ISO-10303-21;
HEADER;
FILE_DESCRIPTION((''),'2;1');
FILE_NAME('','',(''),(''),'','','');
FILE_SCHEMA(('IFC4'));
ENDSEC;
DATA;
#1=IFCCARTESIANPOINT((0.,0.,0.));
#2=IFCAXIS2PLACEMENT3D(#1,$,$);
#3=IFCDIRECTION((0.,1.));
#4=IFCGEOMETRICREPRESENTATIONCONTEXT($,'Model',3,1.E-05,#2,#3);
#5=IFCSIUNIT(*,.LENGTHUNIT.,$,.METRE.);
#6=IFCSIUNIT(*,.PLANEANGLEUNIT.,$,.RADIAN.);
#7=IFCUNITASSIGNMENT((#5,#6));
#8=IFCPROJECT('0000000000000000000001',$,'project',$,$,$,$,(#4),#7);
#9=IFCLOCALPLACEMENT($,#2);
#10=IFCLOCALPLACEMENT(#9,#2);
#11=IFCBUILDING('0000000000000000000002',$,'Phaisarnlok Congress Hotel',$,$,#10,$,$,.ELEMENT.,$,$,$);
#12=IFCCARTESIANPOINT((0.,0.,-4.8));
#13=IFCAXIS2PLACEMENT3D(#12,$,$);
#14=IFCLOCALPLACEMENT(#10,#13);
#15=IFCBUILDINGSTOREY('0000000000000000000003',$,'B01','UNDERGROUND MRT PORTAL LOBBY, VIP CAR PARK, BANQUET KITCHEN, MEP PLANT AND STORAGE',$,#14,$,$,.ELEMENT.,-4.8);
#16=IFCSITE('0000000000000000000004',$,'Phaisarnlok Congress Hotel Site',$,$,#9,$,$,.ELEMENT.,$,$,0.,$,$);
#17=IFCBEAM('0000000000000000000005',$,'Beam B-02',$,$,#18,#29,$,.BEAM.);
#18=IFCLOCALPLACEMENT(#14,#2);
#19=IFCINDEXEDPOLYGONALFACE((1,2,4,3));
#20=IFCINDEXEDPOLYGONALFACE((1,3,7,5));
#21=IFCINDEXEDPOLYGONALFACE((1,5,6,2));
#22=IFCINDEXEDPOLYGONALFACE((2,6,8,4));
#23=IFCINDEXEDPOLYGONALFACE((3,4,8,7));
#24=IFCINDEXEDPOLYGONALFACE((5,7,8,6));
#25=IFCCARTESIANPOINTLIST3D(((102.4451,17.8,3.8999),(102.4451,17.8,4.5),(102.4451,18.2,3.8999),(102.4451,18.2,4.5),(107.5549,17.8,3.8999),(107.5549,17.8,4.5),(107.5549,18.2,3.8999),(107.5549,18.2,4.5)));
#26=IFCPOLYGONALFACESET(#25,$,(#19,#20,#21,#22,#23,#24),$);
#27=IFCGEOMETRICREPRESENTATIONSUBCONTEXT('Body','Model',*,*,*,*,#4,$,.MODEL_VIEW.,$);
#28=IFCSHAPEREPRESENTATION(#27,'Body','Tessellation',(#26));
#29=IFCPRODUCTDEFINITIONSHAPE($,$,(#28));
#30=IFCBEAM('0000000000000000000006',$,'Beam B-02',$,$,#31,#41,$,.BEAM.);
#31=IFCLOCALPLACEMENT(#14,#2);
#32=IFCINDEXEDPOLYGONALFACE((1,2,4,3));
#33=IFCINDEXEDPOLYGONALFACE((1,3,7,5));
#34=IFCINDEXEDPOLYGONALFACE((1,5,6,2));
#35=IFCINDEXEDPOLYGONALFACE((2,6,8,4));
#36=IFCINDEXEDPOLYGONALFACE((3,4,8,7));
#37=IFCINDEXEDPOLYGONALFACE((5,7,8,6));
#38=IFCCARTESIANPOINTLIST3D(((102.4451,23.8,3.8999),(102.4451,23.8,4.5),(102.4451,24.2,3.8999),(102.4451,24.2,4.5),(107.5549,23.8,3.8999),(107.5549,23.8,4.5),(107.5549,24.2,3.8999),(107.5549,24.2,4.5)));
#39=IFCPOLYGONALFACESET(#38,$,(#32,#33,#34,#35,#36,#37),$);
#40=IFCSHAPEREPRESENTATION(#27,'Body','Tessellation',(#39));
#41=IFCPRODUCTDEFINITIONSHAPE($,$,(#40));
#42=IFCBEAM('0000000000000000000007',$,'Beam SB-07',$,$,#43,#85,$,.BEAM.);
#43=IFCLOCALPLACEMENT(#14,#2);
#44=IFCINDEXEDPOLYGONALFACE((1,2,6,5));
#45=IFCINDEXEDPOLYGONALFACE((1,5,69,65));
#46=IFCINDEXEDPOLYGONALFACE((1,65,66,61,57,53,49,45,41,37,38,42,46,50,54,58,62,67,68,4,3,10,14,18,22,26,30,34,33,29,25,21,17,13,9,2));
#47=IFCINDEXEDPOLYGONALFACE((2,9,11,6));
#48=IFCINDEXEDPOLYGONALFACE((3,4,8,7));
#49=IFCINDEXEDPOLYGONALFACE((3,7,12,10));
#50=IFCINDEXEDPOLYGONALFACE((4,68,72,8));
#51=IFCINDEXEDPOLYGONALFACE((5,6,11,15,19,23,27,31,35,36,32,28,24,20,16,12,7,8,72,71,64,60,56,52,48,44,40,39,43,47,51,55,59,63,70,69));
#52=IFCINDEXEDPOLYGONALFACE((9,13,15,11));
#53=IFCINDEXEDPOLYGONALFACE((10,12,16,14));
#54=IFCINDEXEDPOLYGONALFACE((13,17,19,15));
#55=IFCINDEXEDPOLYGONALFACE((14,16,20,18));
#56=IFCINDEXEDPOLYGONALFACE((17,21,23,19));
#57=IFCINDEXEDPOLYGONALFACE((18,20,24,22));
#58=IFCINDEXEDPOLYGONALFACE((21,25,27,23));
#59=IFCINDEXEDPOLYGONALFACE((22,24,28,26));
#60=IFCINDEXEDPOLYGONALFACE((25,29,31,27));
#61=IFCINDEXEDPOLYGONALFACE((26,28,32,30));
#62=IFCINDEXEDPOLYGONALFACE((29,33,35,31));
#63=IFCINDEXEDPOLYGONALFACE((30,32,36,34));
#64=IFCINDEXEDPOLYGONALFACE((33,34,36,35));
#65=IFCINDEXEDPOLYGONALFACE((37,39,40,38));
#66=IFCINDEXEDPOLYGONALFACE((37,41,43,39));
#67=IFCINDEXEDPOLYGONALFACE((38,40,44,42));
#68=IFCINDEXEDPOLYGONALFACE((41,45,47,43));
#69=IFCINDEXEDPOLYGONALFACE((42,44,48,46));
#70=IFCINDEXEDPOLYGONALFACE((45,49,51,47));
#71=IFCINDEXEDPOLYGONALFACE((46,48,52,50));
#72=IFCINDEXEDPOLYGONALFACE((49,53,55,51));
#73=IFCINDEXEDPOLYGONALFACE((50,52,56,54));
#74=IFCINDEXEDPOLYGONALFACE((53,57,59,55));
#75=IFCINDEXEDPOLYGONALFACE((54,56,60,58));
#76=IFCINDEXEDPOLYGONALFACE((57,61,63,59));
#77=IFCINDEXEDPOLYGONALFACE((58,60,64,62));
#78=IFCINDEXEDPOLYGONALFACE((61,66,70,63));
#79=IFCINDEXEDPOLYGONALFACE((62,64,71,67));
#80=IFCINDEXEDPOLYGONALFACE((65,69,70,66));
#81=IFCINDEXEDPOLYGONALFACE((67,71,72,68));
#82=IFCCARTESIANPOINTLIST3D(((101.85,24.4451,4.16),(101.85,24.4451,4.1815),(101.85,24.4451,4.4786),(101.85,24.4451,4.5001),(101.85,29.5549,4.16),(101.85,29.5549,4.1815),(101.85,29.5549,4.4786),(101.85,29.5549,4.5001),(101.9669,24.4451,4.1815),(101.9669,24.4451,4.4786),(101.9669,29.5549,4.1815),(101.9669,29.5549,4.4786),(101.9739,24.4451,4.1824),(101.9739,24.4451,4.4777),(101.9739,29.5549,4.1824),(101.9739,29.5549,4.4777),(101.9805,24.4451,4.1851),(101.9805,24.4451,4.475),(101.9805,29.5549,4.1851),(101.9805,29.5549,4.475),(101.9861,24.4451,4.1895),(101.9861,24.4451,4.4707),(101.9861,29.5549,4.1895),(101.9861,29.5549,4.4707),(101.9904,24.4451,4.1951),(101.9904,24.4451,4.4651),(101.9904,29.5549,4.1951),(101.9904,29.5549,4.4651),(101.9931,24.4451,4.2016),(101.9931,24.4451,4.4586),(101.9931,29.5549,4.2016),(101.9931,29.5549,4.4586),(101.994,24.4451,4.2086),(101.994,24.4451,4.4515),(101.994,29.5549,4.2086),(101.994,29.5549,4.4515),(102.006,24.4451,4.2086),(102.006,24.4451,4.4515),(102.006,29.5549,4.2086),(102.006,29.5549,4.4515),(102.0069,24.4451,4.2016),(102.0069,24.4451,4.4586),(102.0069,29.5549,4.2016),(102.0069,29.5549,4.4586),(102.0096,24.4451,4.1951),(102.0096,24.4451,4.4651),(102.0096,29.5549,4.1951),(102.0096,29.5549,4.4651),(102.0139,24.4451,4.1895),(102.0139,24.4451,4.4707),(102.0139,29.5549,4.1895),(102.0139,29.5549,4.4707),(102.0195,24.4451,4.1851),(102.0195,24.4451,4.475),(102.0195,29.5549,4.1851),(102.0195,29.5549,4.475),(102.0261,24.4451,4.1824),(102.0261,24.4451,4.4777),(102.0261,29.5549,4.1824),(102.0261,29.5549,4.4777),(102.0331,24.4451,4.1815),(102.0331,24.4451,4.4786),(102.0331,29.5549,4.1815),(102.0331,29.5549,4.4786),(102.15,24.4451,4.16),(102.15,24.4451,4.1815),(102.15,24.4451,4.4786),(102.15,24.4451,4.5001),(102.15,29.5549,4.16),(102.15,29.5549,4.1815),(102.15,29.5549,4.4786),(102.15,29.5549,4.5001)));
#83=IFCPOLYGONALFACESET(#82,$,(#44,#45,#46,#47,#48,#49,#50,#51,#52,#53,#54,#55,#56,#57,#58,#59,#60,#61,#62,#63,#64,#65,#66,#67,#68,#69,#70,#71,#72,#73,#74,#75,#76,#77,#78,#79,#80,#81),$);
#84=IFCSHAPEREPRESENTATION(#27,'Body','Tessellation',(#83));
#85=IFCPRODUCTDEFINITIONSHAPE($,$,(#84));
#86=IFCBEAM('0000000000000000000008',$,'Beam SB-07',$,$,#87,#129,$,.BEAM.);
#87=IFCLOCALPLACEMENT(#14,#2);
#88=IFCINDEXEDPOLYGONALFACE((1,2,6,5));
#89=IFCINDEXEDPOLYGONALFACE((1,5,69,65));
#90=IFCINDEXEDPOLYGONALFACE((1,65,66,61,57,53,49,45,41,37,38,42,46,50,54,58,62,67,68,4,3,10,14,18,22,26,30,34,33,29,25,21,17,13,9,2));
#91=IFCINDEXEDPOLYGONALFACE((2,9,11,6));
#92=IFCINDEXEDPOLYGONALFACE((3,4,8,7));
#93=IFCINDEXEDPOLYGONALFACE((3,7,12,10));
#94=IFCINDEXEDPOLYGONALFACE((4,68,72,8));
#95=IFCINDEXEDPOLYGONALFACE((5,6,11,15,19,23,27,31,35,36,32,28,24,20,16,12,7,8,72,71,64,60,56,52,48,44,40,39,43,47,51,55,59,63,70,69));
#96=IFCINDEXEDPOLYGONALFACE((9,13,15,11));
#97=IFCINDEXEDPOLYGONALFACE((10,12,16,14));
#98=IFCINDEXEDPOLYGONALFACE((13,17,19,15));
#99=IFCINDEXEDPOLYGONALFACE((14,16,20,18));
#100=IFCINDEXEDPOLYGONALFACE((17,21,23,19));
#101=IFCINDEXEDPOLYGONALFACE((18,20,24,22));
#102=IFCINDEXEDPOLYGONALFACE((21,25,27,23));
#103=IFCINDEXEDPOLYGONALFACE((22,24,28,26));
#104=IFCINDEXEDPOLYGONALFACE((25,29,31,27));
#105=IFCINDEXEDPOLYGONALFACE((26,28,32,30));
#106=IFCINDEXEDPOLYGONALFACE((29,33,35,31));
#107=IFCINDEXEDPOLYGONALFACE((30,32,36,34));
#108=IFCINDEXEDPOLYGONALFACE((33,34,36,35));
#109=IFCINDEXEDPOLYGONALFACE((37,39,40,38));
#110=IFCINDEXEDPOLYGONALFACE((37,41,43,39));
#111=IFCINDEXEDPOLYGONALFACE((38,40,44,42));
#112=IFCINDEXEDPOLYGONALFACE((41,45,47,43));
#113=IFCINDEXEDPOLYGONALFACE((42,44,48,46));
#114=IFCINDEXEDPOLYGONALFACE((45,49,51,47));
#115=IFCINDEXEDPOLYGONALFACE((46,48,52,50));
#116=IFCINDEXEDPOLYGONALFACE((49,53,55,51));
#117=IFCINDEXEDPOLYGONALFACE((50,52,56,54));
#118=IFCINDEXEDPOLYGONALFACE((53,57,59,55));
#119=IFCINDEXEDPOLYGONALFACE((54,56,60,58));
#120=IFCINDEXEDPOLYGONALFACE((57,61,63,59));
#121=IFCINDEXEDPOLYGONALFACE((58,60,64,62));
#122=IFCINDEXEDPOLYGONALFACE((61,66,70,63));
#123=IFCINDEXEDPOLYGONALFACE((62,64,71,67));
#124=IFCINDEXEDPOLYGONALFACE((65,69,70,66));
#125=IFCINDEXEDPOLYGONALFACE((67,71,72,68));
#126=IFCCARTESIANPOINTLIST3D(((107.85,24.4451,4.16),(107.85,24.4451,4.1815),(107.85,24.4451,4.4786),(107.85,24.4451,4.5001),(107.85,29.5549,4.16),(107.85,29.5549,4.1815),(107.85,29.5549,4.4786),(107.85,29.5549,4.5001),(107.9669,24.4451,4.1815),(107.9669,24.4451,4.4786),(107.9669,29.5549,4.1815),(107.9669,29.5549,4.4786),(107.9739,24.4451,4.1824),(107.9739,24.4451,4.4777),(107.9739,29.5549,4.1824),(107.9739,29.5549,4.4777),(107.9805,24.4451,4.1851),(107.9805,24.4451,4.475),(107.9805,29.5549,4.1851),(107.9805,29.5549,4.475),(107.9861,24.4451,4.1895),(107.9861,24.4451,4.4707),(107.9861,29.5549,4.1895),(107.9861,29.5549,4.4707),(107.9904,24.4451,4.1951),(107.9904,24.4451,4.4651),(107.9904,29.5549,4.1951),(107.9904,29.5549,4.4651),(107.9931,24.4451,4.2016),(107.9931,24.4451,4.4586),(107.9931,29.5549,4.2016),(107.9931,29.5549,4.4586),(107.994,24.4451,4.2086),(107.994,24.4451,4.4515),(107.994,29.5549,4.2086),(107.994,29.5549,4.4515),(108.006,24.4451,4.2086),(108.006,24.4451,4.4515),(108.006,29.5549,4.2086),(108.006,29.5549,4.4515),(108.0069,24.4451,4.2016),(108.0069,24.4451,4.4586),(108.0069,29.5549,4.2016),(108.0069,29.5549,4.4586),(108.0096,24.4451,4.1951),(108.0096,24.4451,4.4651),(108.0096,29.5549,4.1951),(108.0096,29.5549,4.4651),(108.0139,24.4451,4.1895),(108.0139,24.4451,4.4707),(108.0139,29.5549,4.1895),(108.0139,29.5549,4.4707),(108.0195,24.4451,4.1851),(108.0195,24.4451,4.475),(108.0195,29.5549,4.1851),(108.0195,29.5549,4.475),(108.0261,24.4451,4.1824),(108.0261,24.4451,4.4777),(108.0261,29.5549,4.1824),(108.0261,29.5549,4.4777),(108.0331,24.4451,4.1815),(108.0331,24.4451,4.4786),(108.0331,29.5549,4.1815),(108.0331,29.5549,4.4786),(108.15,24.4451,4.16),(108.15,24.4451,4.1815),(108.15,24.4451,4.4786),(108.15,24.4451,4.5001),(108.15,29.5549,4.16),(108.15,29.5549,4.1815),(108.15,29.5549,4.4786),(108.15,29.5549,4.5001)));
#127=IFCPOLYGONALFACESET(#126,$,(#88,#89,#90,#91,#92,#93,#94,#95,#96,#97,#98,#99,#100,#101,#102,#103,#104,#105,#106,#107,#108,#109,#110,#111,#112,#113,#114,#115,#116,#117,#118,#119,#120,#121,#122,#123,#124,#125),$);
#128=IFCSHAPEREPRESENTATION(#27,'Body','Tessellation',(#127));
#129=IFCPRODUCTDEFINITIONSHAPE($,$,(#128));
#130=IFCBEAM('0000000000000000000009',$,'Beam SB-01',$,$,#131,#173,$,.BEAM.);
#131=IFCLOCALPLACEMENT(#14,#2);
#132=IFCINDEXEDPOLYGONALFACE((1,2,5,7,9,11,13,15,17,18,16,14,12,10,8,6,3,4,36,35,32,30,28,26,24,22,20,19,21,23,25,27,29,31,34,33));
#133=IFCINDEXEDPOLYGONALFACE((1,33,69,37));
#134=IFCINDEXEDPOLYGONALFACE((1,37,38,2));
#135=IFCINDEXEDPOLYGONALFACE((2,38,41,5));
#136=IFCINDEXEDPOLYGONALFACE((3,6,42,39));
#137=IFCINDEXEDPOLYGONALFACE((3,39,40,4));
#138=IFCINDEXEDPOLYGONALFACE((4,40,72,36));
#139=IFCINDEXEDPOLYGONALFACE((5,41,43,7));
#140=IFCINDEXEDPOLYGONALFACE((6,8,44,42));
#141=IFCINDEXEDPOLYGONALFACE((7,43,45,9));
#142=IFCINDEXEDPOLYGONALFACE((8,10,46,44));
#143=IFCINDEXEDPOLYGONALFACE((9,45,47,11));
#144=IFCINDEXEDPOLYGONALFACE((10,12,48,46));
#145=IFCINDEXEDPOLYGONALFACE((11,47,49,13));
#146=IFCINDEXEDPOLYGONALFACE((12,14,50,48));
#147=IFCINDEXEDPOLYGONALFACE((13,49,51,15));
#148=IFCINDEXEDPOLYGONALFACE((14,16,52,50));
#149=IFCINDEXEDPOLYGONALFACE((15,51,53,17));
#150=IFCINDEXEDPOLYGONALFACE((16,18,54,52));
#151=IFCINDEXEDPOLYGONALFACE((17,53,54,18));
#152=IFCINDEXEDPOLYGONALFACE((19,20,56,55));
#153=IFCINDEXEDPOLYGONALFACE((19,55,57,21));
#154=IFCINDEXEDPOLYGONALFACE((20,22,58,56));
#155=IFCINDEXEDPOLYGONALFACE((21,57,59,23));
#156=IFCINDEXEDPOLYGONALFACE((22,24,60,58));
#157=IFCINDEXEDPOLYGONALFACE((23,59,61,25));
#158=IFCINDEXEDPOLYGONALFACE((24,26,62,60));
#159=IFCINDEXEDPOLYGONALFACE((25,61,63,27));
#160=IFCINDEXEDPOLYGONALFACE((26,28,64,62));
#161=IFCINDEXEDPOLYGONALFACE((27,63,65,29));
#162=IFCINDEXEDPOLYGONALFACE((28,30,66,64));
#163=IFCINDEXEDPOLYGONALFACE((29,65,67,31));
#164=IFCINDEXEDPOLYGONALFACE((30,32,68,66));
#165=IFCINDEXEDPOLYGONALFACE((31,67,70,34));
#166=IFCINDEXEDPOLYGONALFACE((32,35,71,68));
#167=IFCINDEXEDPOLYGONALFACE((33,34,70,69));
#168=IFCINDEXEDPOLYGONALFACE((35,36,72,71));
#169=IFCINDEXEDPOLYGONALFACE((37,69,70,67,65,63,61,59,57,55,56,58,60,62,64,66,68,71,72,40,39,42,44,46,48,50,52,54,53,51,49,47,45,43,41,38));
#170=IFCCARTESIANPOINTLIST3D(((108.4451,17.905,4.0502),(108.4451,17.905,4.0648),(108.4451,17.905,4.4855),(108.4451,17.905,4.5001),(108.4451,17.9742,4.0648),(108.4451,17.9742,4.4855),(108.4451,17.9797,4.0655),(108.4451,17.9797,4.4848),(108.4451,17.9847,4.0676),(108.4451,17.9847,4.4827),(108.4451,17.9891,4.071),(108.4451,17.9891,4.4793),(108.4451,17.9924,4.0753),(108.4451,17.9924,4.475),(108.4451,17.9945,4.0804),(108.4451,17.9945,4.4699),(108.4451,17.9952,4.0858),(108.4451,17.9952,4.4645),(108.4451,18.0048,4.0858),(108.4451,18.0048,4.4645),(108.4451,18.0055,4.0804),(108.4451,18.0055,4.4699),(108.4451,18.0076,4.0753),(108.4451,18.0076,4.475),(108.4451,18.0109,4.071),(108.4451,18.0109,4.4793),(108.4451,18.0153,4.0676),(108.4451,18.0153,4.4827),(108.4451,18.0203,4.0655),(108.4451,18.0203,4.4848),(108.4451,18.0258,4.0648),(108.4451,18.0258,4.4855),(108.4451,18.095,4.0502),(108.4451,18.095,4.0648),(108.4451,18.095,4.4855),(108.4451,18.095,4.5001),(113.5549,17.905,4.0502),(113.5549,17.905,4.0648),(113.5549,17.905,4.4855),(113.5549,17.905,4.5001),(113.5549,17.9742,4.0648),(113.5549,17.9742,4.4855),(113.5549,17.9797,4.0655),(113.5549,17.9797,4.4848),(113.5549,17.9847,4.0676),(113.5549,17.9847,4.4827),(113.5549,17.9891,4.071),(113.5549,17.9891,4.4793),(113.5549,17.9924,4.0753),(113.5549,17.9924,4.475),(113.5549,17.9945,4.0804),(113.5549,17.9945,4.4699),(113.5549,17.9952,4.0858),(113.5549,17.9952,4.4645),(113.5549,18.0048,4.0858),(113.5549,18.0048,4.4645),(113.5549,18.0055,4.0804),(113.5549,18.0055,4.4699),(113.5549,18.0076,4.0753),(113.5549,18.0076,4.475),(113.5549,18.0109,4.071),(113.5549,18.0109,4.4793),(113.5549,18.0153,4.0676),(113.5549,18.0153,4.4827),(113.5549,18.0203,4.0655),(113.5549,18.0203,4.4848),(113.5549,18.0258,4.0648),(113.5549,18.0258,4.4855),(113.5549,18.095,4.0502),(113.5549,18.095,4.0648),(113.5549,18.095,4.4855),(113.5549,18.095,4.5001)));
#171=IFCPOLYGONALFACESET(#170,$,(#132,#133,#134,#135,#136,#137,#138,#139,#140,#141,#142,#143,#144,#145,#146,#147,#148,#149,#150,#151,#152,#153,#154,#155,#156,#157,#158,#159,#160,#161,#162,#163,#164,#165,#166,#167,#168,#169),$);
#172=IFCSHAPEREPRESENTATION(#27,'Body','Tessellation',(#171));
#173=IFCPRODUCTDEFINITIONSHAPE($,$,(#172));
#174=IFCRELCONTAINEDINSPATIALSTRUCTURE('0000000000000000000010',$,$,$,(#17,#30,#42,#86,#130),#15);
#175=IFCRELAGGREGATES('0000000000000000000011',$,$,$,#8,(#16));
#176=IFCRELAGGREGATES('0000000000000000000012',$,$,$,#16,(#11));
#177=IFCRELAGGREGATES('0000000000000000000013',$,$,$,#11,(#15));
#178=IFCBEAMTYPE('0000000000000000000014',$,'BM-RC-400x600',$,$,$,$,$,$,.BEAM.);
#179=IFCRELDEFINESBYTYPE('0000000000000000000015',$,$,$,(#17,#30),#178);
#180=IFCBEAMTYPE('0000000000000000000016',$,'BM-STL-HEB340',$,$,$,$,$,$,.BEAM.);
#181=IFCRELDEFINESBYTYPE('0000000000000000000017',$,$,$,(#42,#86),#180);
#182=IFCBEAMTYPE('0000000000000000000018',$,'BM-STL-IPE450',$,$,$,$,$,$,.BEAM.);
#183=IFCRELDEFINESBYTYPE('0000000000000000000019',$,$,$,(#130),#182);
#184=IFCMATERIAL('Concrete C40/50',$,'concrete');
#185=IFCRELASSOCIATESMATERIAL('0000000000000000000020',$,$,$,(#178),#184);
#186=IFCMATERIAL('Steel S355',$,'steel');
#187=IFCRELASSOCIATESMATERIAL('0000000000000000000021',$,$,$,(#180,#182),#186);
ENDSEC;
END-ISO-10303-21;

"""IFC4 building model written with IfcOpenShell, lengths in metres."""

from ifc_helpers import new_model, si_unit, direction, frame, origin, origin_2d, place, context, subcontext, project, spatial, rectangle, i_section, extrude, material, material_profile, profile_set, type_object, element, save


model = new_model("IFC4")

# Units and contexts
model_context = context("Model", 3, precision=1e-05, world=origin(), true_north=direction((0.0, 1.0)))
body_context = subcontext(model_context, "Body", "Model", "MODEL_VIEW")
ifc_project = project(units=[si_unit("LENGTHUNIT", "METRE"), si_unit("PLANEANGLEUNIT", "RADIAN")], contexts=[model_context])

# Site, building, storey
site_placement = place(None, origin())
site = spatial("IfcSite", under=ifc_project, at=site_placement, Name="Phaisarnlok Congress Hotel Site", CompositionType="ELEMENT", RefElevation=0.0)
building_placement = place(site_placement, origin())
building = spatial("IfcBuilding", under=site, at=building_placement, Name="Phaisarnlok Congress Hotel", CompositionType="ELEMENT")
storey_placement = place(building_placement, frame((0.0, 0.0, -4.8)))
storey = spatial("IfcBuildingStorey", under=building, at=storey_placement, Name="B01", Description="UNDERGROUND MRT PORTAL LOBBY, VIP CAR PARK, BANQUET KITCHEN, MEP PLANT AND STORAGE", CompositionType="ELEMENT", Elevation=-4.8)

# Shared definitions
ifc_material_1 = material(Name="Concrete C40/50", Category="concrete")

# Beams
ifc_material_profile_1 = material_profile(ifc_material_1, rectangle(XDim=0.3999, YDim=0.6001, at=origin_2d()), Name="RC 400x600")
ifc_profile_set_1 = profile_set([ifc_material_profile_1], Name="Concrete C40/50")
beam_type_1 = type_object("IfcBeamType", Name="BM-RC-400x600", PredefinedType="BEAM", material=ifc_profile_set_1)
for number, where, z_axis, x_axis, name in (
    (1, (102.4451, 18.0, 4.2), (1.0, 0.0, 0.0), (0.0, 1.0, 0.0), "Beam B-02"),
    (2, (102.4451, 24.0, 4.2), (1.0, 0.0, 0.0), (0.0, 1.0, 0.0), "Beam B-02"),
):
    element("IfcBeam", number, at=place(storey_placement, frame(where, z_axis=z_axis, x_axis=x_axis)), inside=storey, type_object=beam_type_1, Name=name, PredefinedType="BEAM", context=body_context, shape_type="SweptSolid", body=[
        extrude(rectangle(XDim=0.3999, YDim=0.6001, at=origin_2d()), origin(), (0.0, 0.0, 1.0), 5.1099),
    ])
ifc_material_2 = material(Name="Steel S355", Category="steel")
ifc_material_profile_2 = material_profile(ifc_material_2, i_section(OverallWidth=0.3, OverallDepth=0.3401, WebThickness=0.012, FlangeThickness=0.0215, FilletRadius=0.0271, at=origin_2d()), Name="HEB 340")
ifc_profile_set_2 = profile_set([ifc_material_profile_2], Name="Steel S355")
beam_type_2 = type_object("IfcBeamType", Name="BM-STL-HEB340", PredefinedType="BEAM", material=ifc_profile_set_2)
for number, where, z_axis, x_axis, name in (
    (3, (102.0, 24.4451, 4.3301), (0.0, 1.0, 0.0), (-1.0, 0.0, 0.0), "Beam SB-07"),
    (4, (108.0, 24.4451, 4.3301), (0.0, 1.0, 0.0), (-1.0, 0.0, 0.0), "Beam SB-07"),
):
    element("IfcBeam", number, at=place(storey_placement, frame(where, z_axis=z_axis, x_axis=x_axis)), inside=storey, type_object=beam_type_2, Name=name, PredefinedType="BEAM", context=body_context, shape_type="SweptSolid", body=[
        extrude(i_section(OverallWidth=0.3, OverallDepth=0.3401, WebThickness=0.012, FlangeThickness=0.0215, FilletRadius=0.0271, at=origin_2d()), origin(), (0.0, 0.0, 1.0), 5.1099),
    ])
ifc_material_profile_3 = material_profile(ifc_material_2, i_section(OverallWidth=0.1899, OverallDepth=0.45, WebThickness=0.0095, FlangeThickness=0.0146, FilletRadius=0.021, at=origin_2d()), Name="IPE 450")
ifc_profile_set_3 = profile_set([ifc_material_profile_3], Name="Steel S355")
beam_type_3 = type_object("IfcBeamType", Name="BM-STL-IPE450", PredefinedType="BEAM", material=ifc_profile_set_3)
for number, where, z_axis, x_axis, name in (
    (5, (108.4451, 18.0, 4.2751), (1.0, 0.0, 0.0), (0.0, 1.0, 0.0), "Beam SB-01"),
):
    element("IfcBeam", number, at=place(storey_placement, frame(where, z_axis=z_axis, x_axis=x_axis)), inside=storey, type_object=beam_type_3, Name=name, PredefinedType="BEAM", context=body_context, shape_type="SweptSolid", body=[
        extrude(i_section(OverallWidth=0.1899, OverallDepth=0.45, WebThickness=0.0095, FlangeThickness=0.0146, FilletRadius=0.021, at=origin_2d()), origin(), (0.0, 0.0, 1.0), 5.1099),
    ])

save(model, "model.ifc")
